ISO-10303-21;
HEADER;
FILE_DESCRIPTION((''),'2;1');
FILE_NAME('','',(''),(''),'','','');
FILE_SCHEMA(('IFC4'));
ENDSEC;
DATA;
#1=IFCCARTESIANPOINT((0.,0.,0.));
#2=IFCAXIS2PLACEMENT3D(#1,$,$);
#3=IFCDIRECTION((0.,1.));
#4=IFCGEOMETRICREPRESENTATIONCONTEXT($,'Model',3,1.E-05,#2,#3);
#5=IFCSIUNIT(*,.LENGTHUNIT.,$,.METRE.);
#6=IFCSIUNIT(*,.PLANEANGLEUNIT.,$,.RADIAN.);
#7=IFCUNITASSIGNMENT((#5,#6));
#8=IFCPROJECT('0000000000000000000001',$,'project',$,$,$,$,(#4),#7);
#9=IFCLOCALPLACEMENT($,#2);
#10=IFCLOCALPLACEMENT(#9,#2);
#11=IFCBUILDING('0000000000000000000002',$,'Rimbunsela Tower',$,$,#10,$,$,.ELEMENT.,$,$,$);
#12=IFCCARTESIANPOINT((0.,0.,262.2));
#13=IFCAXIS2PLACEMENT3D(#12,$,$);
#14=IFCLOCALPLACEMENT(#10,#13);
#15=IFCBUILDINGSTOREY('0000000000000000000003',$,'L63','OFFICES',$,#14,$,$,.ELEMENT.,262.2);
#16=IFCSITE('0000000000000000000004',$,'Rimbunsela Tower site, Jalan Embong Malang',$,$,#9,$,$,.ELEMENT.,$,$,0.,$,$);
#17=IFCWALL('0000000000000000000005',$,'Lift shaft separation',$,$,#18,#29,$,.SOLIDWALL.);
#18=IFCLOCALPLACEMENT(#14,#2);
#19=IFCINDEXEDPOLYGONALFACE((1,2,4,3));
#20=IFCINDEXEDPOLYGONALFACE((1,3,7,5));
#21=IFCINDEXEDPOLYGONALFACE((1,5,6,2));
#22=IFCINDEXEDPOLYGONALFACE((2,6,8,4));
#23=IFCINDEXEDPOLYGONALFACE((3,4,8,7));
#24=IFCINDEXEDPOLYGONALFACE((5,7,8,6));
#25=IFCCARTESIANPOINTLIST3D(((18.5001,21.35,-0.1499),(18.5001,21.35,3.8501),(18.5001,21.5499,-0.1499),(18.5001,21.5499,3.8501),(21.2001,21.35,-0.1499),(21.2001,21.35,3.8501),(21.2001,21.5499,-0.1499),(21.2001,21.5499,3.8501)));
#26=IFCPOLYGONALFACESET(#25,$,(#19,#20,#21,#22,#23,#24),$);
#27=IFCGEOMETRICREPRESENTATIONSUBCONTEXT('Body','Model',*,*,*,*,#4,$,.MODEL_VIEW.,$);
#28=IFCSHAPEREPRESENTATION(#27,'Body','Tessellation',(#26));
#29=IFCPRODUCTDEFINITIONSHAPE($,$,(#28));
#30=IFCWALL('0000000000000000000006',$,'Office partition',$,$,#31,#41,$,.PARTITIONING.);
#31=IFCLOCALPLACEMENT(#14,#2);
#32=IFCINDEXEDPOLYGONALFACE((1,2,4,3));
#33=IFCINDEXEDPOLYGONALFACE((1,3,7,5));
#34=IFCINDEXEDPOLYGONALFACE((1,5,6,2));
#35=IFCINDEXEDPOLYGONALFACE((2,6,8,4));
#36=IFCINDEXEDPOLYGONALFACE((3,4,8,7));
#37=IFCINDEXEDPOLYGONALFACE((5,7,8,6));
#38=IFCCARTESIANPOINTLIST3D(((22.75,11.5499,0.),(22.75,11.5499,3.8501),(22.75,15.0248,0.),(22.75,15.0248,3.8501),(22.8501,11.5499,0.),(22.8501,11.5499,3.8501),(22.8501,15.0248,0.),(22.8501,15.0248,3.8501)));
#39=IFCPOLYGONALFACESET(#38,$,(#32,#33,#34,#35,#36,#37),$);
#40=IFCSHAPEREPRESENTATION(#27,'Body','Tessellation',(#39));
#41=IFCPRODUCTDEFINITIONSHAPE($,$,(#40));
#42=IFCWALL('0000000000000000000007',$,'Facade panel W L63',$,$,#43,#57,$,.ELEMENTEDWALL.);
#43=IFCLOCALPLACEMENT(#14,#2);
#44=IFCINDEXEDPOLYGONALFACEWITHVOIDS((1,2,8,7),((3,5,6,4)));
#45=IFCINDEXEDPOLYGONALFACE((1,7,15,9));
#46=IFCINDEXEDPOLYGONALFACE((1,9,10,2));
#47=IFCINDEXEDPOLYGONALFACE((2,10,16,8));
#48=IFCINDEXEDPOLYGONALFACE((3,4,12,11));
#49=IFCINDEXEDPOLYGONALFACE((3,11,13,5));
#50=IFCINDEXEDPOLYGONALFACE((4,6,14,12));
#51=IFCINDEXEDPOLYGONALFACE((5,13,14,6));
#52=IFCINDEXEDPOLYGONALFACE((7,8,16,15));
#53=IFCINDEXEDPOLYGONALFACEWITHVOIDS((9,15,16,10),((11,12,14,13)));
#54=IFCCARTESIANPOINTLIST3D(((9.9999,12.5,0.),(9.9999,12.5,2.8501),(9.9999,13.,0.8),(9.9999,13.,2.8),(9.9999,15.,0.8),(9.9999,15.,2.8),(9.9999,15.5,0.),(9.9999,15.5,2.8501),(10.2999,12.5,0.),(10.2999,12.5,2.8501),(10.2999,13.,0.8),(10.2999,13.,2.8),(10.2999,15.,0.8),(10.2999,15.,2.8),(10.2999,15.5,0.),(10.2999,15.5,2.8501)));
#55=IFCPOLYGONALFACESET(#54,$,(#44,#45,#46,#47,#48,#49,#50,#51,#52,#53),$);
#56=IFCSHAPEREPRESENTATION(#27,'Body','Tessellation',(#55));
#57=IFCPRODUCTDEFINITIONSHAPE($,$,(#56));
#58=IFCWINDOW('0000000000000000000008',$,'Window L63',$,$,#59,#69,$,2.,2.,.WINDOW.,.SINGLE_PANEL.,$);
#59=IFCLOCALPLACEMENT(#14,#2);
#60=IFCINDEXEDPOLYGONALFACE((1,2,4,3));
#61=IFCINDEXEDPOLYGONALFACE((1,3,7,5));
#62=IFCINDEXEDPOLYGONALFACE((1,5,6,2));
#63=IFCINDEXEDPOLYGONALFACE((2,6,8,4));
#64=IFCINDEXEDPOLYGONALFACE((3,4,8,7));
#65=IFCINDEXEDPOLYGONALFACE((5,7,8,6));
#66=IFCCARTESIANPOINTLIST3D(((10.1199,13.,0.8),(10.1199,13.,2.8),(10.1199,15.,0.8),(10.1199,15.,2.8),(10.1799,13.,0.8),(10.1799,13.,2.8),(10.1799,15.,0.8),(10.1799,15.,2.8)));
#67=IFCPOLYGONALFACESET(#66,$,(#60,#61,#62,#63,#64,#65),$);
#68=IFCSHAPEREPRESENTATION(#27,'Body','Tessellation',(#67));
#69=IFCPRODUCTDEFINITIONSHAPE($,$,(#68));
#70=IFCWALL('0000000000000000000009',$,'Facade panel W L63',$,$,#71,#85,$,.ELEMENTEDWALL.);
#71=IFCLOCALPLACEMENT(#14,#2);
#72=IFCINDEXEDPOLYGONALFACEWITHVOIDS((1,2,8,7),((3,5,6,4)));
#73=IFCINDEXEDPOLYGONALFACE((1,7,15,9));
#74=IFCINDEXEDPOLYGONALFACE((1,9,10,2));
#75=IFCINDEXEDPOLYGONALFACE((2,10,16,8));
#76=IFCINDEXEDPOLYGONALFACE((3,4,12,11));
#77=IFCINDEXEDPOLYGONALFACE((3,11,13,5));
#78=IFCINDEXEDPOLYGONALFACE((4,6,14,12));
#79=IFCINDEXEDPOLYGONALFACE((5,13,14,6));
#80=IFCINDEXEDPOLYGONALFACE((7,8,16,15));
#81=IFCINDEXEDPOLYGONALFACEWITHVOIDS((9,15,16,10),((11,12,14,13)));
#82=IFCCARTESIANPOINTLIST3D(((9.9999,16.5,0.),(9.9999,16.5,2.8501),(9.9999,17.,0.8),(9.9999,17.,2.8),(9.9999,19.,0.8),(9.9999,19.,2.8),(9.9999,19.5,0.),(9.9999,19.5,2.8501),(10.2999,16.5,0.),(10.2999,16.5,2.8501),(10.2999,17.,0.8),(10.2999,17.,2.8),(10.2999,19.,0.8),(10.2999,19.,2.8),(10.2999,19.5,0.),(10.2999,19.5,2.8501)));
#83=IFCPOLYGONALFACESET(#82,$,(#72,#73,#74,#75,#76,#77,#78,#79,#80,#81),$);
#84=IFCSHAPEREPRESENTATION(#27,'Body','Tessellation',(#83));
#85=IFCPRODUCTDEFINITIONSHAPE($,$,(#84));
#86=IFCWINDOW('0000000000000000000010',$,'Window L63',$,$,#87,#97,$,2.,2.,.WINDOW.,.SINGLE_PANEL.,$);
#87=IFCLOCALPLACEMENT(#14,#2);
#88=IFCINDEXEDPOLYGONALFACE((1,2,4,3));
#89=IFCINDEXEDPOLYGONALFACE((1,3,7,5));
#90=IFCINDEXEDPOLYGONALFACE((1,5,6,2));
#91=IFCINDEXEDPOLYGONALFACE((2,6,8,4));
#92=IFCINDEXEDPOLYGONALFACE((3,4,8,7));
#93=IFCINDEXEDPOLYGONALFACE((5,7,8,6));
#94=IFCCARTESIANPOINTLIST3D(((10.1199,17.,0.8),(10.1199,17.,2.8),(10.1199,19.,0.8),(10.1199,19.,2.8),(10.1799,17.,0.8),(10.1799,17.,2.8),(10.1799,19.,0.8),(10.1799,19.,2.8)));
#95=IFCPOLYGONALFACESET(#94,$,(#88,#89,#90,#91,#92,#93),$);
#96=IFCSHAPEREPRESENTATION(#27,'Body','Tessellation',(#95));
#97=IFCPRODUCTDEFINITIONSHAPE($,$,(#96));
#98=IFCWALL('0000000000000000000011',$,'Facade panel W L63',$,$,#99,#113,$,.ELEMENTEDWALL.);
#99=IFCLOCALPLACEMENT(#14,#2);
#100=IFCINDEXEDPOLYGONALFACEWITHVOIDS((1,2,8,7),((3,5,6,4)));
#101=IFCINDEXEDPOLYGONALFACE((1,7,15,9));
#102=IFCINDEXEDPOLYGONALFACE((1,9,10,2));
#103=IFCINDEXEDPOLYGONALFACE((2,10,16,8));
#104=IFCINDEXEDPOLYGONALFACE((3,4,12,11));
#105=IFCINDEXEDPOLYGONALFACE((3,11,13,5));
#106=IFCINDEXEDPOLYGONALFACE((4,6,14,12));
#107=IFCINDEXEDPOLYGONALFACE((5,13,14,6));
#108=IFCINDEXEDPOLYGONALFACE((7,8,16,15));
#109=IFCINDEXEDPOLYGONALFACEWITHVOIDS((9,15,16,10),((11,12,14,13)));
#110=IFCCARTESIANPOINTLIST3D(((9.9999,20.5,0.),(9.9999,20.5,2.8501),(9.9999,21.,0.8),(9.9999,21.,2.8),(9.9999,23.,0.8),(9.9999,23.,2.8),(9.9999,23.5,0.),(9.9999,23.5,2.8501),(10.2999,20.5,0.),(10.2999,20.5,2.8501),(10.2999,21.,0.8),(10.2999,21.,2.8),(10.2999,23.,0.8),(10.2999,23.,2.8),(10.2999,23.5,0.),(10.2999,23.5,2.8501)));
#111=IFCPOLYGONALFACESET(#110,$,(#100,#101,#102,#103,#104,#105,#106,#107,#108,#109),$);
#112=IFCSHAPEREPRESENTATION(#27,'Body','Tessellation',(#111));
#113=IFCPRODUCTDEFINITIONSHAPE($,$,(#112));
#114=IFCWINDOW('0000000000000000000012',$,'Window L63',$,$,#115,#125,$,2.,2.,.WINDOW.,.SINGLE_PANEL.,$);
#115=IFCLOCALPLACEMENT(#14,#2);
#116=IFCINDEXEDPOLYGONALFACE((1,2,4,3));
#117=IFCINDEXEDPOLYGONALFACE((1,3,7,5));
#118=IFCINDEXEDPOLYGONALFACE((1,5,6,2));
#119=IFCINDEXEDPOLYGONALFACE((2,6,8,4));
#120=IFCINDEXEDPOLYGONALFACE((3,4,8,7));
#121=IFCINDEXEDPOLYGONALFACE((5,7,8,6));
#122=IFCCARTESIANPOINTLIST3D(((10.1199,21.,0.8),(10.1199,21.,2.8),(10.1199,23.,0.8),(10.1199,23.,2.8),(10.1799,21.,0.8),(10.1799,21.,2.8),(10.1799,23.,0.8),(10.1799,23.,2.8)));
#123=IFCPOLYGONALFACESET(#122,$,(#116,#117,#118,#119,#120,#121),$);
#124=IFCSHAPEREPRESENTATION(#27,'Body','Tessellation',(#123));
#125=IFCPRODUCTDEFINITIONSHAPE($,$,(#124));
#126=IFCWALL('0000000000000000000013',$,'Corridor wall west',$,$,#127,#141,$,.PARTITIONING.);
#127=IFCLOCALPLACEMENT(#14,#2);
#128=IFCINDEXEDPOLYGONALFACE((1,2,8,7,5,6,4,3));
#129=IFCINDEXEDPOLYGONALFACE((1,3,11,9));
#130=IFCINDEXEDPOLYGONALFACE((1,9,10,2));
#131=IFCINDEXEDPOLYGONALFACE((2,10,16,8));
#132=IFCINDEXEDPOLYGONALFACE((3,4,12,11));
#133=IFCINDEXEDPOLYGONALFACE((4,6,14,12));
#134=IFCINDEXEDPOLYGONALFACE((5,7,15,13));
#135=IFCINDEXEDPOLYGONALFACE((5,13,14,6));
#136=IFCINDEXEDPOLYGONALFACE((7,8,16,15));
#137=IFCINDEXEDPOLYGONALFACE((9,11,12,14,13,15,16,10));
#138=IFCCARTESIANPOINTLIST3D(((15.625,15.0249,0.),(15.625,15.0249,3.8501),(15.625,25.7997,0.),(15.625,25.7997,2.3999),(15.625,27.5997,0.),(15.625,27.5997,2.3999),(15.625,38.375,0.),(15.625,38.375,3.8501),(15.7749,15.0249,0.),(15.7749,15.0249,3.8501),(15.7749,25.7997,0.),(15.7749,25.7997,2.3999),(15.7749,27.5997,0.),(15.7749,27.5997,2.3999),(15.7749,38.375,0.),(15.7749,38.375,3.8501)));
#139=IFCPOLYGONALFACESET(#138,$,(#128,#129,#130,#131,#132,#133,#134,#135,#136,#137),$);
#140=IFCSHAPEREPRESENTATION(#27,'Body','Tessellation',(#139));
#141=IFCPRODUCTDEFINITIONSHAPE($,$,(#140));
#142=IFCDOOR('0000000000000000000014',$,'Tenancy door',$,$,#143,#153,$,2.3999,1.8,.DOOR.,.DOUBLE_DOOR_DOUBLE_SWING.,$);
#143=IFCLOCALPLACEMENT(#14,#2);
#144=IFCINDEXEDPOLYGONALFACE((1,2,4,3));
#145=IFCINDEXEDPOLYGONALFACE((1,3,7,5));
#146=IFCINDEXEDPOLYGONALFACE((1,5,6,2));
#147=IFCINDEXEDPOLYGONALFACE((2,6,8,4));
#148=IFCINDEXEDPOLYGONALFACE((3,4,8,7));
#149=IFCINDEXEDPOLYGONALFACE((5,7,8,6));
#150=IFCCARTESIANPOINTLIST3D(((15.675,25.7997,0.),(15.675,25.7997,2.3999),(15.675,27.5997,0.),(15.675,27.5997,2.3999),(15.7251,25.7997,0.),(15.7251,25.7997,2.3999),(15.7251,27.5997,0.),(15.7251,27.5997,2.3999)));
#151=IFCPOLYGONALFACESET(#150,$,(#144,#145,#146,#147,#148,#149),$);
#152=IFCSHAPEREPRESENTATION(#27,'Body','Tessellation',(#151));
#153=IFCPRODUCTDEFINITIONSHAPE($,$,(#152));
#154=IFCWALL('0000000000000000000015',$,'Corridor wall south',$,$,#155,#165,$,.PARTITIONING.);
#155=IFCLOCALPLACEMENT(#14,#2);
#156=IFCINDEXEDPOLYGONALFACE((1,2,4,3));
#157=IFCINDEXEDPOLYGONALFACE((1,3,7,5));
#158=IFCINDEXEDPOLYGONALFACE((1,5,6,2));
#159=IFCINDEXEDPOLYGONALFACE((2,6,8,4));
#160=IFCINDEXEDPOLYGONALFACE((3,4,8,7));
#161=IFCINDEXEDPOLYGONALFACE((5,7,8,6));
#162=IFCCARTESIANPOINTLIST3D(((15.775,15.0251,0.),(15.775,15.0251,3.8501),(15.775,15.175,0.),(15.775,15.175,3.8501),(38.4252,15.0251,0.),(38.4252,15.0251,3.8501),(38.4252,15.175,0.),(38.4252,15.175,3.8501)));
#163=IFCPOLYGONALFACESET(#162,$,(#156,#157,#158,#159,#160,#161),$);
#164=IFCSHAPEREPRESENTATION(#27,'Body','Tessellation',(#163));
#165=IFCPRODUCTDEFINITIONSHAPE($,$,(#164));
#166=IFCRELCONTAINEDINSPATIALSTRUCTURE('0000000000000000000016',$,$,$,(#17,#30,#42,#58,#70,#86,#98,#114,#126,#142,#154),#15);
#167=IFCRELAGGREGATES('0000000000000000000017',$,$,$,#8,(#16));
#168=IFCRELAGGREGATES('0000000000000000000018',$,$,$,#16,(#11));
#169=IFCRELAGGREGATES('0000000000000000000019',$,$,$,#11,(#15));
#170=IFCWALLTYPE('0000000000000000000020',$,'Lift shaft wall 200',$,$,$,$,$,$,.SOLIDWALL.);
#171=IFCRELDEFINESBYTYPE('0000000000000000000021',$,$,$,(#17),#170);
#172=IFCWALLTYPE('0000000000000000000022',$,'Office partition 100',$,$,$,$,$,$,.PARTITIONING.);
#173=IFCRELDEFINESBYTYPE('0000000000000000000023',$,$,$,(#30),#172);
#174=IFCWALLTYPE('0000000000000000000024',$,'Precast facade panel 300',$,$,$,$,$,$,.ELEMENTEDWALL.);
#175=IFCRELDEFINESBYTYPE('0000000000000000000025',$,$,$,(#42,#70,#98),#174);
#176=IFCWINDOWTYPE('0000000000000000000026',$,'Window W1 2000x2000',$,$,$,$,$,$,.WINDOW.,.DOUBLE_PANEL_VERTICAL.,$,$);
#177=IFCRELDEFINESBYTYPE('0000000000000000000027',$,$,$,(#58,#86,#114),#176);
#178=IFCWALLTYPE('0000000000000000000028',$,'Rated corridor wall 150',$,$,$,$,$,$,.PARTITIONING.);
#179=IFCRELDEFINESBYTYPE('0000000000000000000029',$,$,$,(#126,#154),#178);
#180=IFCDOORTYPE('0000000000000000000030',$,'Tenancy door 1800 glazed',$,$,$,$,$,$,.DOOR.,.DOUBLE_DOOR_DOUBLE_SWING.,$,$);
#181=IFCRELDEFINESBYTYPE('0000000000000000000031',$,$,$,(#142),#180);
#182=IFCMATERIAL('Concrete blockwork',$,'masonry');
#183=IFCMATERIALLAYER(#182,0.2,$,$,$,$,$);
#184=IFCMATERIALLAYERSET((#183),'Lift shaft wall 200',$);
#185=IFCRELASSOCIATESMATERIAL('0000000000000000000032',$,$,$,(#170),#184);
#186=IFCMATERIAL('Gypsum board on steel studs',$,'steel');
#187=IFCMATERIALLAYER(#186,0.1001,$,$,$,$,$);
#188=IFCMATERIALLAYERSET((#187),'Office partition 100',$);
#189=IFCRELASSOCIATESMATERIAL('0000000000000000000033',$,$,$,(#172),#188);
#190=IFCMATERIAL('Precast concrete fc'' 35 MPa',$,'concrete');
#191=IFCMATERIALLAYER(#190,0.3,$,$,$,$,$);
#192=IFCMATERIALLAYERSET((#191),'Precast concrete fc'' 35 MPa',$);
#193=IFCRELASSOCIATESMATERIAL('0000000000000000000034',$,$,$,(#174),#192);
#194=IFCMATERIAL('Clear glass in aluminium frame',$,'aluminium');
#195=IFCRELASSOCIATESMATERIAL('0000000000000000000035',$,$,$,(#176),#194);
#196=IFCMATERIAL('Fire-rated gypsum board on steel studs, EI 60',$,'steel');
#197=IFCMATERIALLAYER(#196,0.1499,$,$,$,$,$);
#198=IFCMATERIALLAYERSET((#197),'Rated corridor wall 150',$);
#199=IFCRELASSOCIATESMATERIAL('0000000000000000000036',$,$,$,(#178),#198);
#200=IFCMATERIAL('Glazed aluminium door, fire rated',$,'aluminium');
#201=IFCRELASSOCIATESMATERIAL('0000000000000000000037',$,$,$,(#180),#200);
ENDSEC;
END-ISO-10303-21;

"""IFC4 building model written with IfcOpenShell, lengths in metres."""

from ifc_helpers import new_model, si_unit, direction, frame, frame_2d, origin, place, context, subcontext, project, spatial, rectangle, extrude, material, layer, layer_set, type_object, element, fill, save


model = new_model("IFC4")

# Units and contexts
model_context = context("Model", 3, precision=1e-05, world=origin(), true_north=direction((0.0, 1.0)))
body_context = subcontext(model_context, "Body", "Model", "MODEL_VIEW")
ifc_project = project(units=[si_unit("LENGTHUNIT", "METRE"), si_unit("PLANEANGLEUNIT", "RADIAN")], contexts=[model_context])

# Site, building, storey
site_placement = place(None, origin())
site = spatial("IfcSite", under=ifc_project, at=site_placement, Name="Rimbunsela Tower site, Jalan Embong Malang", CompositionType="ELEMENT", RefElevation=0.0)
building_placement = place(site_placement, origin())
building = spatial("IfcBuilding", under=site, at=building_placement, Name="Rimbunsela Tower", CompositionType="ELEMENT")
storey_placement = place(building_placement, frame((0.0, 0.0, 262.2)))
storey = spatial("IfcBuildingStorey", under=building, at=storey_placement, Name="L63", Description="OFFICES", CompositionType="ELEMENT", Elevation=262.2)

# Walls
ifc_material_1 = material(Name="Concrete blockwork", Category="masonry")
ifc_layer_1 = layer(ifc_material_1, 0.2)
ifc_layer_set_1 = layer_set([ifc_layer_1], Name="Lift shaft wall 200")
wall_type_1 = type_object("IfcWallType", Name="Lift shaft wall 200", PredefinedType="SOLIDWALL", material=ifc_layer_set_1)
wall_1_placement = place(storey_placement, frame((18.5, 21.45, -0.1499), z_axis=(0.0, 0.0, 1.0), x_axis=(1.0, 0.0, 0.0)))
element("IfcWall", 1, at=wall_1_placement, inside=storey, type_object=wall_type_1, Name="Lift shaft separation", PredefinedType="SOLIDWALL", context=body_context, shape_type="SweptSolid", body=[
    extrude(rectangle(XDim=2.7, YDim=0.2, at=frame_2d((1.3501, 0.0))), origin(), (0.0, 0.0, 1.0), 4.0),
])
ifc_material_2 = material(Name="Gypsum board on steel studs", Category="steel")
ifc_layer_2 = layer(ifc_material_2, 0.1001)
ifc_layer_set_2 = layer_set([ifc_layer_2], Name="Office partition 100")
wall_type_2 = type_object("IfcWallType", Name="Office partition 100", PredefinedType="PARTITIONING", material=ifc_layer_set_2)
wall_2_placement = place(storey_placement, frame((22.8, 11.55, 0.0), z_axis=(0.0, 0.0, 1.0), x_axis=(0.0, 1.0, 0.0)))
element("IfcWall", 2, at=wall_2_placement, inside=storey, type_object=wall_type_2, Name="Office partition", PredefinedType="PARTITIONING", context=body_context, shape_type="SweptSolid", body=[
    extrude(rectangle(XDim=3.4749, YDim=0.1001, at=frame_2d((1.7373, 0.0))), origin(), (0.0, 0.0, 1.0), 3.8501),
])

# Walls, openings, windows
ifc_material_3 = material(Name="Precast concrete fc' 35 MPa", Category="concrete")
ifc_layer_3 = layer(ifc_material_3, 0.3)
ifc_layer_set_3 = layer_set([ifc_layer_3], Name="Precast concrete fc' 35 MPa")
wall_type_3 = type_object("IfcWallType", Name="Precast facade panel 300", PredefinedType="ELEMENTEDWALL", material=ifc_layer_set_3)
wall_3_placement = place(storey_placement, frame((10.1499, 15.5, 0.0), z_axis=(0.0, 0.0, 1.0), x_axis=(0.0, -1.0, 0.0)))
wall_3 = element("IfcWall", 3, at=wall_3_placement, inside=storey, type_object=wall_type_3, Name="Facade panel W L63", PredefinedType="ELEMENTEDWALL", context=body_context, shape_type="SweptSolid", body=[
    extrude(rectangle(XDim=3.0, YDim=0.3, at=frame_2d((1.5, 0.0))), origin(), (0.0, 0.0, 1.0), 2.8501),
])
opening_1_placement = place(wall_3_placement, frame((0.5, 0.0, 0.8)))
opening_1 = element("IfcOpeningElement", 4, at=opening_1_placement, cuts=wall_3, PredefinedType="OPENING", context=body_context, shape_type="SweptSolid", body=[
    extrude(rectangle(XDim=2.0, YDim=2.0, at=frame_2d((1.0, 1.0))), frame((0.0, 0.1599, 0.0), z_axis=(0.0, -1.0, 0.0), x_axis=(1.0, 0.0, 0.0)), (0.0, 0.0, 1.0), 0.3201),
])
ifc_material_4 = material(Name="Clear glass in aluminium frame", Category="aluminium")
window_type = type_object("IfcWindowType", Name="Window W1 2000x2000", PartitioningType="DOUBLE_PANEL_VERTICAL", PredefinedType="WINDOW", material=ifc_material_4)
window_1_placement = place(opening_1_placement, origin())
window_1 = element("IfcWindow", 5, at=window_1_placement, inside=storey, type_object=window_type, Name="Window L63", OverallHeight=2.0, OverallWidth=2.0, PartitioningType="SINGLE_PANEL", PredefinedType="WINDOW", context=body_context, shape_type="SweptSolid", body=[
    extrude(rectangle(XDim=2.0, YDim=2.0, at=frame_2d((1.0, 1.0))), frame((0.0, 0.03, 0.0), z_axis=(0.0, -1.0, 0.0), x_axis=(1.0, 0.0, 0.0)), (0.0, 0.0, 1.0), 0.0601),
])
fill(opening_1, window_1)
wall_4_placement = place(storey_placement, frame((10.1499, 19.5, 0.0), z_axis=(0.0, 0.0, 1.0), x_axis=(0.0, -1.0, 0.0)))
wall_4 = element("IfcWall", 6, at=wall_4_placement, inside=storey, type_object=wall_type_3, Name="Facade panel W L63", PredefinedType="ELEMENTEDWALL", context=body_context, shape_type="SweptSolid", body=[
    extrude(rectangle(XDim=3.0, YDim=0.3, at=frame_2d((1.5, 0.0))), origin(), (0.0, 0.0, 1.0), 2.8501),
])
opening_2_placement = place(wall_4_placement, frame((0.5, 0.0, 0.8)))
opening_2 = element("IfcOpeningElement", 7, at=opening_2_placement, cuts=wall_4, PredefinedType="OPENING", context=body_context, shape_type="SweptSolid", body=[
    extrude(rectangle(XDim=2.0, YDim=2.0, at=frame_2d((1.0, 1.0))), frame((0.0, 0.1599, 0.0), z_axis=(0.0, -1.0, 0.0), x_axis=(1.0, 0.0, 0.0)), (0.0, 0.0, 1.0), 0.3201),
])
window_2_placement = place(opening_2_placement, origin())
window_2 = element("IfcWindow", 8, at=window_2_placement, inside=storey, type_object=window_type, Name="Window L63", OverallHeight=2.0, OverallWidth=2.0, PartitioningType="SINGLE_PANEL", PredefinedType="WINDOW", context=body_context, shape_type="SweptSolid", body=[
    extrude(rectangle(XDim=2.0, YDim=2.0, at=frame_2d((1.0, 1.0))), frame((0.0, 0.03, 0.0), z_axis=(0.0, -1.0, 0.0), x_axis=(1.0, 0.0, 0.0)), (0.0, 0.0, 1.0), 0.0601),
])
fill(opening_2, window_2)
wall_5_placement = place(storey_placement, frame((10.1499, 23.5, 0.0), z_axis=(0.0, 0.0, 1.0), x_axis=(0.0, -1.0, 0.0)))
wall_5 = element("IfcWall", 9, at=wall_5_placement, inside=storey, type_object=wall_type_3, Name="Facade panel W L63", PredefinedType="ELEMENTEDWALL", context=body_context, shape_type="SweptSolid", body=[
    extrude(rectangle(XDim=3.0, YDim=0.3, at=frame_2d((1.5, 0.0))), origin(), (0.0, 0.0, 1.0), 2.8501),
])
opening_3_placement = place(wall_5_placement, frame((0.5, 0.0, 0.8)))
opening_3 = element("IfcOpeningElement", 10, at=opening_3_placement, cuts=wall_5, PredefinedType="OPENING", context=body_context, shape_type="SweptSolid", body=[
    extrude(rectangle(XDim=2.0, YDim=2.0, at=frame_2d((1.0, 1.0))), frame((0.0, 0.1599, 0.0), z_axis=(0.0, -1.0, 0.0), x_axis=(1.0, 0.0, 0.0)), (0.0, 0.0, 1.0), 0.3201),
])
window_3_placement = place(opening_3_placement, origin())
window_3 = element("IfcWindow", 11, at=window_3_placement, inside=storey, type_object=window_type, Name="Window L63", OverallHeight=2.0, OverallWidth=2.0, PartitioningType="SINGLE_PANEL", PredefinedType="WINDOW", context=body_context, shape_type="SweptSolid", body=[
    extrude(rectangle(XDim=2.0, YDim=2.0, at=frame_2d((1.0, 1.0))), frame((0.0, 0.03, 0.0), z_axis=(0.0, -1.0, 0.0), x_axis=(1.0, 0.0, 0.0)), (0.0, 0.0, 1.0), 0.0601),
])
fill(opening_3, window_3)

# Wall, opening, door
ifc_material_5 = material(Name="Fire-rated gypsum board on steel studs, EI 60", Category="steel")
ifc_layer_4 = layer(ifc_material_5, 0.1499)
ifc_layer_set_4 = layer_set([ifc_layer_4], Name="Rated corridor wall 150")
wall_type_4 = type_object("IfcWallType", Name="Rated corridor wall 150", PredefinedType="PARTITIONING", material=ifc_layer_set_4)
wall_6_placement = place(storey_placement, frame((15.7, 15.0249, 0.0), z_axis=(0.0, 0.0, 1.0), x_axis=(0.0, 1.0, 0.0)))
wall_6 = element("IfcWall", 12, at=wall_6_placement, inside=storey, type_object=wall_type_4, Name="Corridor wall west", PredefinedType="PARTITIONING", context=body_context, shape_type="SweptSolid", body=[
    extrude(rectangle(XDim=23.3501, YDim=0.1499, at=frame_2d((11.675, 0.0))), origin(), (0.0, 0.0, 1.0), 3.8501),
])
opening_4_placement = place(wall_6_placement, frame((10.7749, 0.0, 0.0)))
opening_4 = element("IfcOpeningElement", 13, at=opening_4_placement, cuts=wall_6, PredefinedType="OPENING", context=body_context, shape_type="SweptSolid", body=[
    extrude(rectangle(XDim=1.8, YDim=2.3999, at=frame_2d((0.8999, 1.2))), frame((0.0, 0.085, 0.0), z_axis=(0.0, -1.0, 0.0), x_axis=(1.0, 0.0, 0.0)), (0.0, 0.0, 1.0), 0.1699),
])
ifc_material_6 = material(Name="Glazed aluminium door, fire rated", Category="aluminium")
door_type_1 = type_object("IfcDoorType", Name="Tenancy door 1800 glazed", OperationType="DOUBLE_DOOR_DOUBLE_SWING", PredefinedType="DOOR", material=ifc_material_6)
door_1_placement = place(opening_4_placement, origin())
door_1 = element("IfcDoor", 14, at=door_1_placement, inside=storey, type_object=door_type_1, Name="Tenancy door", OperationType="DOUBLE_DOOR_DOUBLE_SWING", OverallHeight=2.3999, OverallWidth=1.8, PredefinedType="DOOR", context=body_context, shape_type="SweptSolid", body=[
    extrude(rectangle(XDim=1.8, YDim=2.3999, at=frame_2d((0.8999, 1.2))), frame((0.0, 0.0249, 0.0), z_axis=(0.0, -1.0, 0.0), x_axis=(1.0, 0.0, 0.0)), (0.0, 0.0, 1.0), 0.05),
])
fill(opening_4, door_1)

# Wall
wall_7_placement = place(storey_placement, frame((15.7749, 15.1001, 0.0), z_axis=(0.0, 0.0, 1.0), x_axis=(1.0, 0.0, 0.0)))
element("IfcWall", 15, at=wall_7_placement, inside=storey, type_object=wall_type_4, Name="Corridor wall south", PredefinedType="PARTITIONING", context=body_context, shape_type="SweptSolid", body=[
    extrude(rectangle(XDim=22.6501, YDim=0.1499, at=frame_2d((11.3252, 0.0))), origin(), (0.0, 0.0, 1.0), 3.8501),
])

save(model, "model.ifc")
